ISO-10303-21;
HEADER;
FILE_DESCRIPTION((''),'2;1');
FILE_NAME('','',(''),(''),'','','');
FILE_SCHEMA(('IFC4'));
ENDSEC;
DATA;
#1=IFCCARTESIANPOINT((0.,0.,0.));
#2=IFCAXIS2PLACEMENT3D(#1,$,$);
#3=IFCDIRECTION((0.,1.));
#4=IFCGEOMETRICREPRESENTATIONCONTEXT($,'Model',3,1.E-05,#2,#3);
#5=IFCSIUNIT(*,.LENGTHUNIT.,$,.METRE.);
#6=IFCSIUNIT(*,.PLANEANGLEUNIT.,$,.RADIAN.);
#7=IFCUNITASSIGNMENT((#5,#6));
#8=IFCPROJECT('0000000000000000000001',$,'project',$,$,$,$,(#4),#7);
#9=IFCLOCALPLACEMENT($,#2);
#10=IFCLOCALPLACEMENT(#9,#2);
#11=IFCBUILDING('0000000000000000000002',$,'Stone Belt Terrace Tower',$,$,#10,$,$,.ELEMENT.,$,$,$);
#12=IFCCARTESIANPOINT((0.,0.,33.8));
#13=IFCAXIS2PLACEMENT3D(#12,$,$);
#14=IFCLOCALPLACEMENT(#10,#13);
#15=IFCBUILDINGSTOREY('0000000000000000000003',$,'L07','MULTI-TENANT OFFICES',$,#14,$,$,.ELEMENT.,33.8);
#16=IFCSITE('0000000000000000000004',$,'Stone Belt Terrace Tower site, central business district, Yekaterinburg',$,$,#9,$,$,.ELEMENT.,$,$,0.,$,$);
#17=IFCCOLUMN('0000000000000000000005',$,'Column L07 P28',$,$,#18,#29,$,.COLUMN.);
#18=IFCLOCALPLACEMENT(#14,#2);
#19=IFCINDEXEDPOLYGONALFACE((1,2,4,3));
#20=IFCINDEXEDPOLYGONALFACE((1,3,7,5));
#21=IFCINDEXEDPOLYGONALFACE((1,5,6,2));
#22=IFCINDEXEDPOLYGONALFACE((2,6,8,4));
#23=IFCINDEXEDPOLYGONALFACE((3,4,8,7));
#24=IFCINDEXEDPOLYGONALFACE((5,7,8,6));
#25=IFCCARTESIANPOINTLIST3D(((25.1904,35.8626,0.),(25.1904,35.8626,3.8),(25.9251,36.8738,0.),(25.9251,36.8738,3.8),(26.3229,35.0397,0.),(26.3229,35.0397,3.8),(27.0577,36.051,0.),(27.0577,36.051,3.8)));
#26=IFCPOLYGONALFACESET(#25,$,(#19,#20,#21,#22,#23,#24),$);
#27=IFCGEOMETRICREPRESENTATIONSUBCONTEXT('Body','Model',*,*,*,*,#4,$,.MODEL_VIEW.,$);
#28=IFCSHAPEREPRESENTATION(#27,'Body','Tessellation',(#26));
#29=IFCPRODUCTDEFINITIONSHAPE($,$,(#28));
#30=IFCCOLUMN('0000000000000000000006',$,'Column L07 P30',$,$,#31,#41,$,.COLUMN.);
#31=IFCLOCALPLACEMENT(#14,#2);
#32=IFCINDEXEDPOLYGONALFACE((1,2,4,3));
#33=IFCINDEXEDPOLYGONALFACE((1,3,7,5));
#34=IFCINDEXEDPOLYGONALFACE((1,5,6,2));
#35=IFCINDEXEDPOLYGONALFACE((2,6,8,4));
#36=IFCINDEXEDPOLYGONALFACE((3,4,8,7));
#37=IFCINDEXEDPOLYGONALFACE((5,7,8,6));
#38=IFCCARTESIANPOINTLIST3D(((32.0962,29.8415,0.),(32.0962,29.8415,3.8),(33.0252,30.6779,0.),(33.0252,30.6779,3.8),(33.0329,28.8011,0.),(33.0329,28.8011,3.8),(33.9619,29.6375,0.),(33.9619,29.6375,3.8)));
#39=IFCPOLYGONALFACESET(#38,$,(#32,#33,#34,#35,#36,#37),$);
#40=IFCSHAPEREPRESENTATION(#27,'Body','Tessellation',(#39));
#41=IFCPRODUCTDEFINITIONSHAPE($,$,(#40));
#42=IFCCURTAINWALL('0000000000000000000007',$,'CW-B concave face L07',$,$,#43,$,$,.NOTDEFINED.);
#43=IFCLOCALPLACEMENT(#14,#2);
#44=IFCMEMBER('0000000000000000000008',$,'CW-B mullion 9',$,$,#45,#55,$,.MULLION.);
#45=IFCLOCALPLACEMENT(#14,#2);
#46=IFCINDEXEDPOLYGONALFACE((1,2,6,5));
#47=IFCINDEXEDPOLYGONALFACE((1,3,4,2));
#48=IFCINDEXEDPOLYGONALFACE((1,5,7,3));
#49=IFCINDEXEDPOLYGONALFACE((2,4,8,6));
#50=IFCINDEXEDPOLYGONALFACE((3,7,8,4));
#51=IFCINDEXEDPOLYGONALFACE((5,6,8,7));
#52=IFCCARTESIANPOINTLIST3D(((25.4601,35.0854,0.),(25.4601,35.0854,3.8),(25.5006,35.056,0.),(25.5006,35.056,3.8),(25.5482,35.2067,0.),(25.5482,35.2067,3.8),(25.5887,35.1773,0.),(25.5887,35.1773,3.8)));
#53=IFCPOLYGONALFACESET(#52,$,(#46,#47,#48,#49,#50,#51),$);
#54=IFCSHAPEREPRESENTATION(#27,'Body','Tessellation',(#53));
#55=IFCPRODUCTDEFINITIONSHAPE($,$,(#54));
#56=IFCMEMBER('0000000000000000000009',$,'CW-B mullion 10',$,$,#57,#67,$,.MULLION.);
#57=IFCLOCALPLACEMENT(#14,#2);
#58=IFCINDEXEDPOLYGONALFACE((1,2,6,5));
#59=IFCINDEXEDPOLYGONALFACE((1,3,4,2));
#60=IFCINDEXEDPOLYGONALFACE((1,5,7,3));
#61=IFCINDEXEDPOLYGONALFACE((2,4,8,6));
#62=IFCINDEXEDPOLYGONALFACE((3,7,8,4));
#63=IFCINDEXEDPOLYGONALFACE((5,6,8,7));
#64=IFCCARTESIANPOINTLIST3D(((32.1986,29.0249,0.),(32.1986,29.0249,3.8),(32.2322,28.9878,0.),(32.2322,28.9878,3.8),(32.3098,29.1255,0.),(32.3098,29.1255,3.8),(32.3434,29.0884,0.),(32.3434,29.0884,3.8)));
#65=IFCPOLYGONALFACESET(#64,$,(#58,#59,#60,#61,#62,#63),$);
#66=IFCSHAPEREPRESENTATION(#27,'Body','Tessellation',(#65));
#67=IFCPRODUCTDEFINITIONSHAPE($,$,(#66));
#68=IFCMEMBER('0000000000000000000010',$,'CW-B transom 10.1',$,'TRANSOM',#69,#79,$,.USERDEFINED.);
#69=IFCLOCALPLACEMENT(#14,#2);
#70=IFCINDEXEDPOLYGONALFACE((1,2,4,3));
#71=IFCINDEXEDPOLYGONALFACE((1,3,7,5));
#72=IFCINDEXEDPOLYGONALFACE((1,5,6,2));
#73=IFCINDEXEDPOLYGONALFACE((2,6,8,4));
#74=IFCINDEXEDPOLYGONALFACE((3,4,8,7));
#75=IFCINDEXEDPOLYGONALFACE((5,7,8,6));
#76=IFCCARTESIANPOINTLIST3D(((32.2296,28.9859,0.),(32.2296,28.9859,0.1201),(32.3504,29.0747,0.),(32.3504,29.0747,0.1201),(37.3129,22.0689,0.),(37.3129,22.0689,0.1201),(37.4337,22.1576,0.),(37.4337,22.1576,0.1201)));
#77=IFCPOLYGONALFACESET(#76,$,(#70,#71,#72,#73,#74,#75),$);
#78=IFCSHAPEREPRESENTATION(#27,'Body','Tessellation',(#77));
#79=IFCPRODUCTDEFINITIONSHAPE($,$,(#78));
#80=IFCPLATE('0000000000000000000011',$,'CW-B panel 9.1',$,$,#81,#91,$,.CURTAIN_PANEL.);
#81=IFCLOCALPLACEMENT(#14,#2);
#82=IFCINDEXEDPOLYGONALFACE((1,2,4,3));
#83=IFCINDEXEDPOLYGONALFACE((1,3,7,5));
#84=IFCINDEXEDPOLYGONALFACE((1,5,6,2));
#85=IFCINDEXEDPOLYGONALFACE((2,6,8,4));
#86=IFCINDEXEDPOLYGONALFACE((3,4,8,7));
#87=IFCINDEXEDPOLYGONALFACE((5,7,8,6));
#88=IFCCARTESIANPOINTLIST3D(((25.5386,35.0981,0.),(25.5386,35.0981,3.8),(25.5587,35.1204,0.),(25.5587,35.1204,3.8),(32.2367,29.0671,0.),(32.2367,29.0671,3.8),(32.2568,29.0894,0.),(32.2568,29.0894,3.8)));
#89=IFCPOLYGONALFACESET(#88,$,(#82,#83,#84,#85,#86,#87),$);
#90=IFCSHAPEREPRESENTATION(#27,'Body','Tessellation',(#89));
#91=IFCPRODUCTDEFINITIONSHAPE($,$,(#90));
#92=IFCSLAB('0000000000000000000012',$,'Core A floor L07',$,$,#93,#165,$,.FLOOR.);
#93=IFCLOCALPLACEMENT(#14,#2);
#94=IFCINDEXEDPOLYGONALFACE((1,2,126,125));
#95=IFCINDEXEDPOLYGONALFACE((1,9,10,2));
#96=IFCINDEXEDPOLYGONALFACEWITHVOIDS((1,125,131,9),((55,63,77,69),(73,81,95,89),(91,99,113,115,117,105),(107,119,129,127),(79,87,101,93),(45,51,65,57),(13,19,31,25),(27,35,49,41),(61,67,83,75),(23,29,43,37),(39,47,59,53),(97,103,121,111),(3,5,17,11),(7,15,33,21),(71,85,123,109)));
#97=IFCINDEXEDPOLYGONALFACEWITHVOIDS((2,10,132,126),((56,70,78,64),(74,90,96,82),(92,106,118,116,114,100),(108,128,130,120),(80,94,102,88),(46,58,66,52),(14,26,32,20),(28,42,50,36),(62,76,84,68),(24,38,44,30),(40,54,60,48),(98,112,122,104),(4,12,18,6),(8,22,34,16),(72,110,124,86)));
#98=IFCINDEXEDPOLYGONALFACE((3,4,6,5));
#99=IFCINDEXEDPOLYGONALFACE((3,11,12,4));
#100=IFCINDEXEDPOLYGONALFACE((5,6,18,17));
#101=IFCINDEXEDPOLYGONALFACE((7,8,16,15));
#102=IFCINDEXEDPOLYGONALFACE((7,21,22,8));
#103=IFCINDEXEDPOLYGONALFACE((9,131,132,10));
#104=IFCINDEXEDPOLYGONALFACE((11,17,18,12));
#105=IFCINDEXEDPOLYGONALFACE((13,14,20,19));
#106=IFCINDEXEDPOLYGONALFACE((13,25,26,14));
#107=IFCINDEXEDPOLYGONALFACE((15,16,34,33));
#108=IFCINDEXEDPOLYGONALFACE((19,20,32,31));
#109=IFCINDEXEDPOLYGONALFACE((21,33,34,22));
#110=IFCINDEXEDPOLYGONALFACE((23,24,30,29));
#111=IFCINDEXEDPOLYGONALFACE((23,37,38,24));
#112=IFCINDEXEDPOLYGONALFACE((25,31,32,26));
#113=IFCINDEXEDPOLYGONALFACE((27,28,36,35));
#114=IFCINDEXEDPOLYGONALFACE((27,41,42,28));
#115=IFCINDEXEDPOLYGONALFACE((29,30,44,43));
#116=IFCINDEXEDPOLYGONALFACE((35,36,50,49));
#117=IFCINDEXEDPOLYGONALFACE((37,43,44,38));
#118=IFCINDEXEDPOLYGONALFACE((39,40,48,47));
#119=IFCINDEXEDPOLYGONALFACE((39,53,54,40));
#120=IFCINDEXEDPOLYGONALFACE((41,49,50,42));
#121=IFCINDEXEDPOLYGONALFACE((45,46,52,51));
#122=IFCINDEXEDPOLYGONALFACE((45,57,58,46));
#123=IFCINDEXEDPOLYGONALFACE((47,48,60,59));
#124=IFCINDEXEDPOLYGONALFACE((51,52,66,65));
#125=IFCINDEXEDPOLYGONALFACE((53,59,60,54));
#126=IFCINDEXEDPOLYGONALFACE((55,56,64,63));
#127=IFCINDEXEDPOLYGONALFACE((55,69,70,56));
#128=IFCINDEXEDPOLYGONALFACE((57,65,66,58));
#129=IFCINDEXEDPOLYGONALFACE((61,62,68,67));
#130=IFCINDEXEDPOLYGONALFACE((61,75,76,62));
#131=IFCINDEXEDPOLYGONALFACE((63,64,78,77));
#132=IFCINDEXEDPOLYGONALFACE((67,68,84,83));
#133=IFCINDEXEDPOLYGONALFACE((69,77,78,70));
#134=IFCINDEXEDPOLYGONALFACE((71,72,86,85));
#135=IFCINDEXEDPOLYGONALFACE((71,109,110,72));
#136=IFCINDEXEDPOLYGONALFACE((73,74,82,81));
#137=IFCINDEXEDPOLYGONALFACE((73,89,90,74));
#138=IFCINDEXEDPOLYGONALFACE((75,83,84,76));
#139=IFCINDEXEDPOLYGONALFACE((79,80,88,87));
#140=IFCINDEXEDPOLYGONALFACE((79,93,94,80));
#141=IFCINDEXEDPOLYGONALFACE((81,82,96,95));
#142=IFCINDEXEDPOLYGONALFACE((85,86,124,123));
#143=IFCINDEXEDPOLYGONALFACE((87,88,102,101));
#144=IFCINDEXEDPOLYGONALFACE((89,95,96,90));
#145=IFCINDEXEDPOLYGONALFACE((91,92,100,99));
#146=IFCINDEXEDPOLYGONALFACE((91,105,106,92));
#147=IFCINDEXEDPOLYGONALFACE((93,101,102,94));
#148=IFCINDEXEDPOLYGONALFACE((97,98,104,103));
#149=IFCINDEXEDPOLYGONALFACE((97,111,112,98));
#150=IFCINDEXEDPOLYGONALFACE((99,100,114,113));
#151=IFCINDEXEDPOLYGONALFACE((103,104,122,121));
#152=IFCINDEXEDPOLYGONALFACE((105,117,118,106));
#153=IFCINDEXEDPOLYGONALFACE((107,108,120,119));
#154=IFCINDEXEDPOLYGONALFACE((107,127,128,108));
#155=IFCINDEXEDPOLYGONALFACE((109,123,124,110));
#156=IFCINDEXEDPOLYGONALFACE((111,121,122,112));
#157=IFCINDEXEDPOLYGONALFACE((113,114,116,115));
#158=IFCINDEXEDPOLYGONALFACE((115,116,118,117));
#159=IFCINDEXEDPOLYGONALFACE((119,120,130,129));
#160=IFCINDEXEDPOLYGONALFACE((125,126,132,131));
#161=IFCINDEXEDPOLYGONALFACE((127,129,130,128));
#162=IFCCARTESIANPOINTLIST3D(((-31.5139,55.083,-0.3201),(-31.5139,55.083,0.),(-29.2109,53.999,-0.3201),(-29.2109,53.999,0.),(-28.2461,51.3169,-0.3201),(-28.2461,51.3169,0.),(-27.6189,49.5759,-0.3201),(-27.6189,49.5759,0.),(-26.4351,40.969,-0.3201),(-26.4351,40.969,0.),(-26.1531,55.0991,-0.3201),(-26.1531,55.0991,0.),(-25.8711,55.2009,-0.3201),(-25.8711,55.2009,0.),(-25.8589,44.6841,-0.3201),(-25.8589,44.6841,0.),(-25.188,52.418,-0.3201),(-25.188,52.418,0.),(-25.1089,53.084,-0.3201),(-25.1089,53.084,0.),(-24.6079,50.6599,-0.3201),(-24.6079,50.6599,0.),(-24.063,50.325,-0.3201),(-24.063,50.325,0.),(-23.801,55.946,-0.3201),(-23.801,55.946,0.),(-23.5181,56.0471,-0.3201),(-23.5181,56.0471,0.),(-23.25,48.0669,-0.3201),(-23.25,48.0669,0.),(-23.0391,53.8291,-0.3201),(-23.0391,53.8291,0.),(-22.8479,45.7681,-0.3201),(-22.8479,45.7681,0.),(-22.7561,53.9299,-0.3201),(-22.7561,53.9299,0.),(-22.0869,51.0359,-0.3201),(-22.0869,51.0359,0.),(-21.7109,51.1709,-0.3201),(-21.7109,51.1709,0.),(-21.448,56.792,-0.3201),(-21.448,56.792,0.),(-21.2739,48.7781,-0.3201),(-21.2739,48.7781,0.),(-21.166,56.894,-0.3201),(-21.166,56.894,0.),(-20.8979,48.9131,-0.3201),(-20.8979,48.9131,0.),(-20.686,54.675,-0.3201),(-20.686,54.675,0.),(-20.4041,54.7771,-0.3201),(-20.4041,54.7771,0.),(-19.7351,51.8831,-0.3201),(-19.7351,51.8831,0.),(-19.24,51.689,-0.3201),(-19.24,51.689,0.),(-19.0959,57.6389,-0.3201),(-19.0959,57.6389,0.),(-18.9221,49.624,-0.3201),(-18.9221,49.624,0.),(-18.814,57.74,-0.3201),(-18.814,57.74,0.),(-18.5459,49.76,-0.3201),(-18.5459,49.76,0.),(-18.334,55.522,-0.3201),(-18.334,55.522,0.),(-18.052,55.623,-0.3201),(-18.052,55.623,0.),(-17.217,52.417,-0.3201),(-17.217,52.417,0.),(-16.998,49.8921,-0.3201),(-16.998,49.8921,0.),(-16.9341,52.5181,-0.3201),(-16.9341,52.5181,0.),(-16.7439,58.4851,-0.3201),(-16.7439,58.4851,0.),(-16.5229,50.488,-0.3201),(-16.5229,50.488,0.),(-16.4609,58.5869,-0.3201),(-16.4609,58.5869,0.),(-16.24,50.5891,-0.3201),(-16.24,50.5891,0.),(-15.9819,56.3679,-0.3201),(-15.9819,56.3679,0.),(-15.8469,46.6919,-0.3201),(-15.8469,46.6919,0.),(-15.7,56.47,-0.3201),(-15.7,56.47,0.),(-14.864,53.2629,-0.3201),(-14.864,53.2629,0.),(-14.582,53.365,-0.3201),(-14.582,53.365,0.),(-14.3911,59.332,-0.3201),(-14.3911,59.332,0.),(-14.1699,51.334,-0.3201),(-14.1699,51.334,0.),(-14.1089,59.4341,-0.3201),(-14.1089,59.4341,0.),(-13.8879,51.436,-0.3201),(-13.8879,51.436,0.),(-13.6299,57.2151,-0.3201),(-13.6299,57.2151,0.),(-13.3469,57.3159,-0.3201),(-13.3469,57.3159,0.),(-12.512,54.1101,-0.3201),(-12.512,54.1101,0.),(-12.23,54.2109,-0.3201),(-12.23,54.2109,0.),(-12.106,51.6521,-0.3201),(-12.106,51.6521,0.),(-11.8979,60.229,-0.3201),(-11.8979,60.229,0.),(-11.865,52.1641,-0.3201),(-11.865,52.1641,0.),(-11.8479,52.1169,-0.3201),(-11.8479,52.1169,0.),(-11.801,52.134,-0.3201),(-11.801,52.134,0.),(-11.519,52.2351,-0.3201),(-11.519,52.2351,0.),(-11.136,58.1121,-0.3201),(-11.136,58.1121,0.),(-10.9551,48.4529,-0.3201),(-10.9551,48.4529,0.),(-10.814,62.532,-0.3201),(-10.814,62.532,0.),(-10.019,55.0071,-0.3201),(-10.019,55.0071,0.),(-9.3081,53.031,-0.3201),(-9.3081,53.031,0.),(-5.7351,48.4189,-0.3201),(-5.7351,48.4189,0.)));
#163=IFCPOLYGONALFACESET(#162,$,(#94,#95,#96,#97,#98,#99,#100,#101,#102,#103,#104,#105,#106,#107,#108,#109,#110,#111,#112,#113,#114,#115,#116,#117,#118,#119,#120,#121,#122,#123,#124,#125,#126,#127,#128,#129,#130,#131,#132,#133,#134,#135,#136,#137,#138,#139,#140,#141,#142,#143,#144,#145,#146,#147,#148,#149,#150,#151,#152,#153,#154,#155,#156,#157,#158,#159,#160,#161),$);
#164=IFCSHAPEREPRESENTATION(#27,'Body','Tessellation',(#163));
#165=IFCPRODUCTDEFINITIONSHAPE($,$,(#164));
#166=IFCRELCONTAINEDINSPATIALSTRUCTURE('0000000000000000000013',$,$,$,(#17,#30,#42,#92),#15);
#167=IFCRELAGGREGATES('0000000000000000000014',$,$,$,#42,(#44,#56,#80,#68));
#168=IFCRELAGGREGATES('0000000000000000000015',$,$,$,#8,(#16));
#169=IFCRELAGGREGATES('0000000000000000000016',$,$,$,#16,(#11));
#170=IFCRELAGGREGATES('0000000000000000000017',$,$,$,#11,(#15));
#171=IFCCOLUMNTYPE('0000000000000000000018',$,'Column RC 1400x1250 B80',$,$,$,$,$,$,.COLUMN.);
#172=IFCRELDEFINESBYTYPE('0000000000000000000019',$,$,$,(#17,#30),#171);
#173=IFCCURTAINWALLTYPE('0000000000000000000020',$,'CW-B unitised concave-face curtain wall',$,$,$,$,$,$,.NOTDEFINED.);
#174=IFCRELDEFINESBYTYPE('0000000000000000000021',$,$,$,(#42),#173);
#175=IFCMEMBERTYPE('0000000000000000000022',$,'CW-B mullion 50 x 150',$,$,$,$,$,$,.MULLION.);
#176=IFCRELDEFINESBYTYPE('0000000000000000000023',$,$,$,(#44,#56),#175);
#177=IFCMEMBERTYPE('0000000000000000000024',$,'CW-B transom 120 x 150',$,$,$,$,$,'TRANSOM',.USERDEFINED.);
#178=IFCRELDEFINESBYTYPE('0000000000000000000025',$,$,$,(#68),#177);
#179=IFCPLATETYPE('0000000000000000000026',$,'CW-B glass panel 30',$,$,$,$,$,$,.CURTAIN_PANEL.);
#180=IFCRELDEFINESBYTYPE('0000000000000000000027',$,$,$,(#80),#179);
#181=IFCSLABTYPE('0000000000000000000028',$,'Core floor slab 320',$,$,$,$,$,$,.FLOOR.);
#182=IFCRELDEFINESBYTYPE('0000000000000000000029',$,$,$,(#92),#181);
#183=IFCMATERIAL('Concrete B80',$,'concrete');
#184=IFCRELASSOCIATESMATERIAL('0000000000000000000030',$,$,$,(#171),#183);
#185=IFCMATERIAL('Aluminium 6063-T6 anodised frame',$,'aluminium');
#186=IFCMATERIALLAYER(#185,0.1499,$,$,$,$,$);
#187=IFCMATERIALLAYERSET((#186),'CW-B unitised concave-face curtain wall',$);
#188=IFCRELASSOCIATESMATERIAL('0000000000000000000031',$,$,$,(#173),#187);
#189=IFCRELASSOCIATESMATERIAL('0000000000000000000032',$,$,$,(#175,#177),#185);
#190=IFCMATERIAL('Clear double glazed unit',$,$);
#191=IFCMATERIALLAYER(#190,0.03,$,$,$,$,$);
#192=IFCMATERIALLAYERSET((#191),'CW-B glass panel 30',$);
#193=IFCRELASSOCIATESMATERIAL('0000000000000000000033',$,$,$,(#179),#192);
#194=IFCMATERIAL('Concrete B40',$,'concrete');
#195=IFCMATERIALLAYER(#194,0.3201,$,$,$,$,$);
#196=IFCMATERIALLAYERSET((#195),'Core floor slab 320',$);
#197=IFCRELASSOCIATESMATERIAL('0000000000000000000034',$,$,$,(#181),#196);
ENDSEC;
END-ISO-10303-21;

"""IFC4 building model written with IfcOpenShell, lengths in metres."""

from ifc_helpers import new_model, si_unit, direction, frame, origin, origin_2d, place, context, subcontext, project, spatial, polyline, rectangle, outline, extrude, material, layer, layer_set, material_profile, profile_set, type_object, element, aggregate, save


model = new_model("IFC4")

# Units and contexts
model_context = context("Model", 3, precision=1e-05, world=origin(), true_north=direction((0.0, 1.0)))
body_context = subcontext(model_context, "Body", "Model", "MODEL_VIEW")
ifc_project = project(units=[si_unit("LENGTHUNIT", "METRE"), si_unit("PLANEANGLEUNIT", "RADIAN")], contexts=[model_context])

# Site, building, storey
site_placement = place(None, origin())
site = spatial("IfcSite", under=ifc_project, at=site_placement, Name="Stone Belt Terrace Tower site, central business district, Yekaterinburg", CompositionType="ELEMENT", RefElevation=0.0)
building_placement = place(site_placement, origin())
building = spatial("IfcBuilding", under=site, at=building_placement, Name="Stone Belt Terrace Tower", CompositionType="ELEMENT")
storey_placement = place(building_placement, frame((0.0, 0.0, 33.8)))
storey = spatial("IfcBuildingStorey", under=building, at=storey_placement, Name="L07", Description="MULTI-TENANT OFFICES", CompositionType="ELEMENT", Elevation=33.8)

# Columns
ifc_material_1 = material(Name="Concrete B80", Category="concrete")
ifc_material_profile_1 = material_profile(ifc_material_1, rectangle(XDim=1.3999, YDim=1.25, at=origin_2d()), Name="RC 1400x1250")
ifc_profile_set_1 = profile_set([ifc_material_profile_1], Name="Concrete B80")
column_type = type_object("IfcColumnType", Name="Column RC 1400x1250 B80", PredefinedType="COLUMN", material=ifc_profile_set_1)
for number, where, z_axis, x_axis, name in (
    (1, (26.124, 35.9568, 0.0), (0.0, 0.0, 1.0), (0.809017, -0.587785, 0.0), "Column L07 P28"),
    (2, (33.0291, 29.7395, 0.0), (0.0, 0.0, 1.0), (0.669131, -0.743145, 0.0), "Column L07 P30"),
):
    element("IfcColumn", number, at=place(storey_placement, frame(where, z_axis=z_axis, x_axis=x_axis)), inside=storey, type_object=column_type, Name=name, PredefinedType="COLUMN", context=body_context, shape_type="SweptSolid", body=[
        extrude(rectangle(XDim=1.3999, YDim=1.25, at=origin_2d()), origin(), (0.0, 0.0, 1.0), 3.8),
    ])

# Curtain wall, members, plate
ifc_material_2 = material(Name="Aluminium 6063-T6 anodised frame", Category="aluminium")
ifc_layer_1 = layer(ifc_material_2, 0.1499)
ifc_layer_set_1 = layer_set([ifc_layer_1], Name="CW-B unitised concave-face curtain wall")
curtain_wall_type = type_object("IfcCurtainWallType", Name="CW-B unitised concave-face curtain wall", PredefinedType="NOTDEFINED", material=ifc_layer_set_1)
curtain_wall_placement = place(storey_placement, origin())
curtain_wall = element("IfcCurtainWall", 3, at=curtain_wall_placement, inside=storey, type_object=curtain_wall_type, Name="CW-B concave face L07", PredefinedType="NOTDEFINED")
ifc_material_profile_2 = material_profile(ifc_material_2, rectangle(XDim=0.1499, YDim=0.05, at=origin_2d()), Name="Aluminium 6063-T6 50x150")
ifc_profile_set_2 = profile_set([ifc_material_profile_2], Name="Aluminium 6063-T6 anodised frame")
member_type_1 = type_object("IfcMemberType", Name="CW-B mullion 50 x 150", PredefinedType="MULLION", material=ifc_profile_set_2)
member_1_placement = place(storey_placement, frame((25.5244, 35.1313, 0.0), z_axis=(0.0, 0.0, 1.0), x_axis=(0.587785, 0.809017, 0.0)))
member_1 = element("IfcMember", 4, at=member_1_placement, type_object=member_type_1, Name="CW-B mullion 9", PredefinedType="MULLION", context=body_context, shape_type="SweptSolid", body=[
    extrude(rectangle(XDim=0.1499, YDim=0.05, at=origin_2d()), origin(), (0.0, 0.0, 1.0), 3.8),
])
member_2_placement = place(storey_placement, frame((32.271, 29.0566, 0.0), z_axis=(0.0, 0.0, 1.0), x_axis=(0.74133, 0.671141, 0.0)))
member_2 = element("IfcMember", 5, at=member_2_placement, type_object=member_type_1, Name="CW-B mullion 10", PredefinedType="MULLION", context=body_context, shape_type="SweptSolid", body=[
    extrude(rectangle(XDim=0.1499, YDim=0.05, at=origin_2d()), origin(), (0.0, 0.0, 1.0), 3.8),
])
ifc_material_profile_3 = material_profile(ifc_material_2, rectangle(XDim=0.1499, YDim=0.1201, at=origin_2d()), Name="Aluminium 6063-T6 150x120")
ifc_profile_set_3 = profile_set([ifc_material_profile_3], Name="Aluminium 6063-T6 anodised frame")
member_type_2 = type_object("IfcMemberType", Name="CW-B transom 120 x 150", ElementType="TRANSOM", PredefinedType="USERDEFINED", material=ifc_profile_set_3)
member_3_placement = place(storey_placement, frame((32.29, 29.0303, 0.0601), z_axis=(0.592181, -0.805805, 0.0), x_axis=(0.805805, 0.592181, 0.0)))
member_3 = element("IfcMember", 6, at=member_3_placement, type_object=member_type_2, Name="CW-B transom 10.1", ObjectType="TRANSOM", PredefinedType="USERDEFINED", context=body_context, shape_type="SweptSolid", body=[
    extrude(rectangle(XDim=0.1499, YDim=0.1201, at=origin_2d()), origin(), (0.0, 0.0, 1.0), 8.584),
])
ifc_material_3 = material(Name="Clear double glazed unit")
ifc_layer_2 = layer(ifc_material_3, 0.03)
ifc_layer_set_2 = layer_set([ifc_layer_2], Name="CW-B glass panel 30")
plate_type = type_object("IfcPlateType", Name="CW-B glass panel 30", PredefinedType="CURTAIN_PANEL", material=ifc_layer_set_2)
plate_placement = place(storey_placement, frame((28.8977, 32.0938, 0.0), z_axis=(0.0, 0.0, 1.0), x_axis=(0.743145, -0.669131, 0.0)))
plate = element("IfcPlate", 7, at=plate_placement, type_object=plate_type, Name="CW-B panel 9.1", PredefinedType="CURTAIN_PANEL", context=body_context, shape_type="SweptSolid", body=[
    extrude(rectangle(XDim=9.0132, YDim=0.03, at=origin_2d()), origin(), (0.0, 0.0, 1.0), 3.8),
])
aggregate(curtain_wall, [member_1, member_2, plate, member_3])

# Slab
ifc_material_4 = material(Name="Concrete B40", Category="concrete")
ifc_layer_3 = layer(ifc_material_4, 0.3201)
ifc_layer_set_3 = layer_set([ifc_layer_3], Name="Core floor slab 320")
slab_type_1 = type_object("IfcSlabType", Name="Core floor slab 320", PredefinedType="FLOOR", material=ifc_layer_set_3)
slab_1_placement = place(storey_placement, frame((0.0, 0.0, -0.3201)))
element("IfcSlab", 8, at=slab_1_placement, inside=storey, type_object=slab_type_1, Name="Core A floor L07", PredefinedType="FLOOR", context=body_context, shape_type="SweptSolid", body=[
    extrude(outline(polyline([(-26.4351, 40.969), (-5.7351, 48.4189), (-10.814, 62.532), (-31.5139, 55.083), (-26.4351, 40.969)]), holes=[polyline([(-24.6079, 50.6599), (-22.8479, 45.7681), (-25.8589, 44.6841), (-27.6189, 49.5759), (-24.6079, 50.6599)]), polyline([(-21.2739, 48.7781), (-23.25, 48.0669), (-24.063, 50.325), (-22.0869, 51.0359), (-21.2739, 48.7781)]), polyline([(-18.9221, 49.624), (-20.8979, 48.9131), (-21.7109, 51.1709), (-19.7351, 51.8831), (-18.9221, 49.624)]), polyline([(-19.24, 51.689), (-17.217, 52.417), (-16.5229, 50.488), (-18.5459, 49.76), (-19.24, 51.689)]), polyline([(-29.2109, 53.999), (-26.1531, 55.0991), (-25.188, 52.418), (-28.2461, 51.3169), (-29.2109, 53.999)]), polyline([(-23.801, 55.946), (-23.0391, 53.8291), (-25.1089, 53.084), (-25.8711, 55.2009), (-23.801, 55.946)]), polyline([(-21.448, 56.792), (-20.686, 54.675), (-22.7561, 53.9299), (-23.5181, 56.0471), (-21.448, 56.792)]), polyline([(-19.0959, 57.6389), (-18.334, 55.522), (-20.4041, 54.7771), (-21.166, 56.894), (-19.0959, 57.6389)]), polyline([(-15.8469, 46.6919), (-16.998, 49.8921), (-12.106, 51.6521), (-10.9551, 48.4529), (-15.8469, 46.6919)]), polyline([(-16.24, 50.5891), (-16.9341, 52.5181), (-14.864, 53.2629), (-14.1699, 51.334), (-16.24, 50.5891)]), polyline([(-11.801, 52.134), (-11.8479, 52.1169), (-11.865, 52.1641), (-13.8879, 51.436), (-14.582, 53.365), (-12.512, 54.1101), (-11.801, 52.134)]), polyline([(-9.3081, 53.031), (-11.519, 52.2351), (-12.23, 54.2109), (-10.019, 55.0071), (-9.3081, 53.031)]), polyline([(-16.7439, 58.4851), (-15.9819, 56.3679), (-18.052, 55.623), (-18.814, 57.74), (-16.7439, 58.4851)]), polyline([(-14.3911, 59.332), (-13.6299, 57.2151), (-15.7, 56.47), (-16.4609, 58.5869), (-14.3911, 59.332)]), polyline([(-11.8979, 60.229), (-11.136, 58.1121), (-13.3469, 57.3159), (-14.1089, 59.4341), (-11.8979, 60.229)])]), origin(), (0.0, 0.0, 1.0), 0.3201),
])

save(model, "model.ifc")
